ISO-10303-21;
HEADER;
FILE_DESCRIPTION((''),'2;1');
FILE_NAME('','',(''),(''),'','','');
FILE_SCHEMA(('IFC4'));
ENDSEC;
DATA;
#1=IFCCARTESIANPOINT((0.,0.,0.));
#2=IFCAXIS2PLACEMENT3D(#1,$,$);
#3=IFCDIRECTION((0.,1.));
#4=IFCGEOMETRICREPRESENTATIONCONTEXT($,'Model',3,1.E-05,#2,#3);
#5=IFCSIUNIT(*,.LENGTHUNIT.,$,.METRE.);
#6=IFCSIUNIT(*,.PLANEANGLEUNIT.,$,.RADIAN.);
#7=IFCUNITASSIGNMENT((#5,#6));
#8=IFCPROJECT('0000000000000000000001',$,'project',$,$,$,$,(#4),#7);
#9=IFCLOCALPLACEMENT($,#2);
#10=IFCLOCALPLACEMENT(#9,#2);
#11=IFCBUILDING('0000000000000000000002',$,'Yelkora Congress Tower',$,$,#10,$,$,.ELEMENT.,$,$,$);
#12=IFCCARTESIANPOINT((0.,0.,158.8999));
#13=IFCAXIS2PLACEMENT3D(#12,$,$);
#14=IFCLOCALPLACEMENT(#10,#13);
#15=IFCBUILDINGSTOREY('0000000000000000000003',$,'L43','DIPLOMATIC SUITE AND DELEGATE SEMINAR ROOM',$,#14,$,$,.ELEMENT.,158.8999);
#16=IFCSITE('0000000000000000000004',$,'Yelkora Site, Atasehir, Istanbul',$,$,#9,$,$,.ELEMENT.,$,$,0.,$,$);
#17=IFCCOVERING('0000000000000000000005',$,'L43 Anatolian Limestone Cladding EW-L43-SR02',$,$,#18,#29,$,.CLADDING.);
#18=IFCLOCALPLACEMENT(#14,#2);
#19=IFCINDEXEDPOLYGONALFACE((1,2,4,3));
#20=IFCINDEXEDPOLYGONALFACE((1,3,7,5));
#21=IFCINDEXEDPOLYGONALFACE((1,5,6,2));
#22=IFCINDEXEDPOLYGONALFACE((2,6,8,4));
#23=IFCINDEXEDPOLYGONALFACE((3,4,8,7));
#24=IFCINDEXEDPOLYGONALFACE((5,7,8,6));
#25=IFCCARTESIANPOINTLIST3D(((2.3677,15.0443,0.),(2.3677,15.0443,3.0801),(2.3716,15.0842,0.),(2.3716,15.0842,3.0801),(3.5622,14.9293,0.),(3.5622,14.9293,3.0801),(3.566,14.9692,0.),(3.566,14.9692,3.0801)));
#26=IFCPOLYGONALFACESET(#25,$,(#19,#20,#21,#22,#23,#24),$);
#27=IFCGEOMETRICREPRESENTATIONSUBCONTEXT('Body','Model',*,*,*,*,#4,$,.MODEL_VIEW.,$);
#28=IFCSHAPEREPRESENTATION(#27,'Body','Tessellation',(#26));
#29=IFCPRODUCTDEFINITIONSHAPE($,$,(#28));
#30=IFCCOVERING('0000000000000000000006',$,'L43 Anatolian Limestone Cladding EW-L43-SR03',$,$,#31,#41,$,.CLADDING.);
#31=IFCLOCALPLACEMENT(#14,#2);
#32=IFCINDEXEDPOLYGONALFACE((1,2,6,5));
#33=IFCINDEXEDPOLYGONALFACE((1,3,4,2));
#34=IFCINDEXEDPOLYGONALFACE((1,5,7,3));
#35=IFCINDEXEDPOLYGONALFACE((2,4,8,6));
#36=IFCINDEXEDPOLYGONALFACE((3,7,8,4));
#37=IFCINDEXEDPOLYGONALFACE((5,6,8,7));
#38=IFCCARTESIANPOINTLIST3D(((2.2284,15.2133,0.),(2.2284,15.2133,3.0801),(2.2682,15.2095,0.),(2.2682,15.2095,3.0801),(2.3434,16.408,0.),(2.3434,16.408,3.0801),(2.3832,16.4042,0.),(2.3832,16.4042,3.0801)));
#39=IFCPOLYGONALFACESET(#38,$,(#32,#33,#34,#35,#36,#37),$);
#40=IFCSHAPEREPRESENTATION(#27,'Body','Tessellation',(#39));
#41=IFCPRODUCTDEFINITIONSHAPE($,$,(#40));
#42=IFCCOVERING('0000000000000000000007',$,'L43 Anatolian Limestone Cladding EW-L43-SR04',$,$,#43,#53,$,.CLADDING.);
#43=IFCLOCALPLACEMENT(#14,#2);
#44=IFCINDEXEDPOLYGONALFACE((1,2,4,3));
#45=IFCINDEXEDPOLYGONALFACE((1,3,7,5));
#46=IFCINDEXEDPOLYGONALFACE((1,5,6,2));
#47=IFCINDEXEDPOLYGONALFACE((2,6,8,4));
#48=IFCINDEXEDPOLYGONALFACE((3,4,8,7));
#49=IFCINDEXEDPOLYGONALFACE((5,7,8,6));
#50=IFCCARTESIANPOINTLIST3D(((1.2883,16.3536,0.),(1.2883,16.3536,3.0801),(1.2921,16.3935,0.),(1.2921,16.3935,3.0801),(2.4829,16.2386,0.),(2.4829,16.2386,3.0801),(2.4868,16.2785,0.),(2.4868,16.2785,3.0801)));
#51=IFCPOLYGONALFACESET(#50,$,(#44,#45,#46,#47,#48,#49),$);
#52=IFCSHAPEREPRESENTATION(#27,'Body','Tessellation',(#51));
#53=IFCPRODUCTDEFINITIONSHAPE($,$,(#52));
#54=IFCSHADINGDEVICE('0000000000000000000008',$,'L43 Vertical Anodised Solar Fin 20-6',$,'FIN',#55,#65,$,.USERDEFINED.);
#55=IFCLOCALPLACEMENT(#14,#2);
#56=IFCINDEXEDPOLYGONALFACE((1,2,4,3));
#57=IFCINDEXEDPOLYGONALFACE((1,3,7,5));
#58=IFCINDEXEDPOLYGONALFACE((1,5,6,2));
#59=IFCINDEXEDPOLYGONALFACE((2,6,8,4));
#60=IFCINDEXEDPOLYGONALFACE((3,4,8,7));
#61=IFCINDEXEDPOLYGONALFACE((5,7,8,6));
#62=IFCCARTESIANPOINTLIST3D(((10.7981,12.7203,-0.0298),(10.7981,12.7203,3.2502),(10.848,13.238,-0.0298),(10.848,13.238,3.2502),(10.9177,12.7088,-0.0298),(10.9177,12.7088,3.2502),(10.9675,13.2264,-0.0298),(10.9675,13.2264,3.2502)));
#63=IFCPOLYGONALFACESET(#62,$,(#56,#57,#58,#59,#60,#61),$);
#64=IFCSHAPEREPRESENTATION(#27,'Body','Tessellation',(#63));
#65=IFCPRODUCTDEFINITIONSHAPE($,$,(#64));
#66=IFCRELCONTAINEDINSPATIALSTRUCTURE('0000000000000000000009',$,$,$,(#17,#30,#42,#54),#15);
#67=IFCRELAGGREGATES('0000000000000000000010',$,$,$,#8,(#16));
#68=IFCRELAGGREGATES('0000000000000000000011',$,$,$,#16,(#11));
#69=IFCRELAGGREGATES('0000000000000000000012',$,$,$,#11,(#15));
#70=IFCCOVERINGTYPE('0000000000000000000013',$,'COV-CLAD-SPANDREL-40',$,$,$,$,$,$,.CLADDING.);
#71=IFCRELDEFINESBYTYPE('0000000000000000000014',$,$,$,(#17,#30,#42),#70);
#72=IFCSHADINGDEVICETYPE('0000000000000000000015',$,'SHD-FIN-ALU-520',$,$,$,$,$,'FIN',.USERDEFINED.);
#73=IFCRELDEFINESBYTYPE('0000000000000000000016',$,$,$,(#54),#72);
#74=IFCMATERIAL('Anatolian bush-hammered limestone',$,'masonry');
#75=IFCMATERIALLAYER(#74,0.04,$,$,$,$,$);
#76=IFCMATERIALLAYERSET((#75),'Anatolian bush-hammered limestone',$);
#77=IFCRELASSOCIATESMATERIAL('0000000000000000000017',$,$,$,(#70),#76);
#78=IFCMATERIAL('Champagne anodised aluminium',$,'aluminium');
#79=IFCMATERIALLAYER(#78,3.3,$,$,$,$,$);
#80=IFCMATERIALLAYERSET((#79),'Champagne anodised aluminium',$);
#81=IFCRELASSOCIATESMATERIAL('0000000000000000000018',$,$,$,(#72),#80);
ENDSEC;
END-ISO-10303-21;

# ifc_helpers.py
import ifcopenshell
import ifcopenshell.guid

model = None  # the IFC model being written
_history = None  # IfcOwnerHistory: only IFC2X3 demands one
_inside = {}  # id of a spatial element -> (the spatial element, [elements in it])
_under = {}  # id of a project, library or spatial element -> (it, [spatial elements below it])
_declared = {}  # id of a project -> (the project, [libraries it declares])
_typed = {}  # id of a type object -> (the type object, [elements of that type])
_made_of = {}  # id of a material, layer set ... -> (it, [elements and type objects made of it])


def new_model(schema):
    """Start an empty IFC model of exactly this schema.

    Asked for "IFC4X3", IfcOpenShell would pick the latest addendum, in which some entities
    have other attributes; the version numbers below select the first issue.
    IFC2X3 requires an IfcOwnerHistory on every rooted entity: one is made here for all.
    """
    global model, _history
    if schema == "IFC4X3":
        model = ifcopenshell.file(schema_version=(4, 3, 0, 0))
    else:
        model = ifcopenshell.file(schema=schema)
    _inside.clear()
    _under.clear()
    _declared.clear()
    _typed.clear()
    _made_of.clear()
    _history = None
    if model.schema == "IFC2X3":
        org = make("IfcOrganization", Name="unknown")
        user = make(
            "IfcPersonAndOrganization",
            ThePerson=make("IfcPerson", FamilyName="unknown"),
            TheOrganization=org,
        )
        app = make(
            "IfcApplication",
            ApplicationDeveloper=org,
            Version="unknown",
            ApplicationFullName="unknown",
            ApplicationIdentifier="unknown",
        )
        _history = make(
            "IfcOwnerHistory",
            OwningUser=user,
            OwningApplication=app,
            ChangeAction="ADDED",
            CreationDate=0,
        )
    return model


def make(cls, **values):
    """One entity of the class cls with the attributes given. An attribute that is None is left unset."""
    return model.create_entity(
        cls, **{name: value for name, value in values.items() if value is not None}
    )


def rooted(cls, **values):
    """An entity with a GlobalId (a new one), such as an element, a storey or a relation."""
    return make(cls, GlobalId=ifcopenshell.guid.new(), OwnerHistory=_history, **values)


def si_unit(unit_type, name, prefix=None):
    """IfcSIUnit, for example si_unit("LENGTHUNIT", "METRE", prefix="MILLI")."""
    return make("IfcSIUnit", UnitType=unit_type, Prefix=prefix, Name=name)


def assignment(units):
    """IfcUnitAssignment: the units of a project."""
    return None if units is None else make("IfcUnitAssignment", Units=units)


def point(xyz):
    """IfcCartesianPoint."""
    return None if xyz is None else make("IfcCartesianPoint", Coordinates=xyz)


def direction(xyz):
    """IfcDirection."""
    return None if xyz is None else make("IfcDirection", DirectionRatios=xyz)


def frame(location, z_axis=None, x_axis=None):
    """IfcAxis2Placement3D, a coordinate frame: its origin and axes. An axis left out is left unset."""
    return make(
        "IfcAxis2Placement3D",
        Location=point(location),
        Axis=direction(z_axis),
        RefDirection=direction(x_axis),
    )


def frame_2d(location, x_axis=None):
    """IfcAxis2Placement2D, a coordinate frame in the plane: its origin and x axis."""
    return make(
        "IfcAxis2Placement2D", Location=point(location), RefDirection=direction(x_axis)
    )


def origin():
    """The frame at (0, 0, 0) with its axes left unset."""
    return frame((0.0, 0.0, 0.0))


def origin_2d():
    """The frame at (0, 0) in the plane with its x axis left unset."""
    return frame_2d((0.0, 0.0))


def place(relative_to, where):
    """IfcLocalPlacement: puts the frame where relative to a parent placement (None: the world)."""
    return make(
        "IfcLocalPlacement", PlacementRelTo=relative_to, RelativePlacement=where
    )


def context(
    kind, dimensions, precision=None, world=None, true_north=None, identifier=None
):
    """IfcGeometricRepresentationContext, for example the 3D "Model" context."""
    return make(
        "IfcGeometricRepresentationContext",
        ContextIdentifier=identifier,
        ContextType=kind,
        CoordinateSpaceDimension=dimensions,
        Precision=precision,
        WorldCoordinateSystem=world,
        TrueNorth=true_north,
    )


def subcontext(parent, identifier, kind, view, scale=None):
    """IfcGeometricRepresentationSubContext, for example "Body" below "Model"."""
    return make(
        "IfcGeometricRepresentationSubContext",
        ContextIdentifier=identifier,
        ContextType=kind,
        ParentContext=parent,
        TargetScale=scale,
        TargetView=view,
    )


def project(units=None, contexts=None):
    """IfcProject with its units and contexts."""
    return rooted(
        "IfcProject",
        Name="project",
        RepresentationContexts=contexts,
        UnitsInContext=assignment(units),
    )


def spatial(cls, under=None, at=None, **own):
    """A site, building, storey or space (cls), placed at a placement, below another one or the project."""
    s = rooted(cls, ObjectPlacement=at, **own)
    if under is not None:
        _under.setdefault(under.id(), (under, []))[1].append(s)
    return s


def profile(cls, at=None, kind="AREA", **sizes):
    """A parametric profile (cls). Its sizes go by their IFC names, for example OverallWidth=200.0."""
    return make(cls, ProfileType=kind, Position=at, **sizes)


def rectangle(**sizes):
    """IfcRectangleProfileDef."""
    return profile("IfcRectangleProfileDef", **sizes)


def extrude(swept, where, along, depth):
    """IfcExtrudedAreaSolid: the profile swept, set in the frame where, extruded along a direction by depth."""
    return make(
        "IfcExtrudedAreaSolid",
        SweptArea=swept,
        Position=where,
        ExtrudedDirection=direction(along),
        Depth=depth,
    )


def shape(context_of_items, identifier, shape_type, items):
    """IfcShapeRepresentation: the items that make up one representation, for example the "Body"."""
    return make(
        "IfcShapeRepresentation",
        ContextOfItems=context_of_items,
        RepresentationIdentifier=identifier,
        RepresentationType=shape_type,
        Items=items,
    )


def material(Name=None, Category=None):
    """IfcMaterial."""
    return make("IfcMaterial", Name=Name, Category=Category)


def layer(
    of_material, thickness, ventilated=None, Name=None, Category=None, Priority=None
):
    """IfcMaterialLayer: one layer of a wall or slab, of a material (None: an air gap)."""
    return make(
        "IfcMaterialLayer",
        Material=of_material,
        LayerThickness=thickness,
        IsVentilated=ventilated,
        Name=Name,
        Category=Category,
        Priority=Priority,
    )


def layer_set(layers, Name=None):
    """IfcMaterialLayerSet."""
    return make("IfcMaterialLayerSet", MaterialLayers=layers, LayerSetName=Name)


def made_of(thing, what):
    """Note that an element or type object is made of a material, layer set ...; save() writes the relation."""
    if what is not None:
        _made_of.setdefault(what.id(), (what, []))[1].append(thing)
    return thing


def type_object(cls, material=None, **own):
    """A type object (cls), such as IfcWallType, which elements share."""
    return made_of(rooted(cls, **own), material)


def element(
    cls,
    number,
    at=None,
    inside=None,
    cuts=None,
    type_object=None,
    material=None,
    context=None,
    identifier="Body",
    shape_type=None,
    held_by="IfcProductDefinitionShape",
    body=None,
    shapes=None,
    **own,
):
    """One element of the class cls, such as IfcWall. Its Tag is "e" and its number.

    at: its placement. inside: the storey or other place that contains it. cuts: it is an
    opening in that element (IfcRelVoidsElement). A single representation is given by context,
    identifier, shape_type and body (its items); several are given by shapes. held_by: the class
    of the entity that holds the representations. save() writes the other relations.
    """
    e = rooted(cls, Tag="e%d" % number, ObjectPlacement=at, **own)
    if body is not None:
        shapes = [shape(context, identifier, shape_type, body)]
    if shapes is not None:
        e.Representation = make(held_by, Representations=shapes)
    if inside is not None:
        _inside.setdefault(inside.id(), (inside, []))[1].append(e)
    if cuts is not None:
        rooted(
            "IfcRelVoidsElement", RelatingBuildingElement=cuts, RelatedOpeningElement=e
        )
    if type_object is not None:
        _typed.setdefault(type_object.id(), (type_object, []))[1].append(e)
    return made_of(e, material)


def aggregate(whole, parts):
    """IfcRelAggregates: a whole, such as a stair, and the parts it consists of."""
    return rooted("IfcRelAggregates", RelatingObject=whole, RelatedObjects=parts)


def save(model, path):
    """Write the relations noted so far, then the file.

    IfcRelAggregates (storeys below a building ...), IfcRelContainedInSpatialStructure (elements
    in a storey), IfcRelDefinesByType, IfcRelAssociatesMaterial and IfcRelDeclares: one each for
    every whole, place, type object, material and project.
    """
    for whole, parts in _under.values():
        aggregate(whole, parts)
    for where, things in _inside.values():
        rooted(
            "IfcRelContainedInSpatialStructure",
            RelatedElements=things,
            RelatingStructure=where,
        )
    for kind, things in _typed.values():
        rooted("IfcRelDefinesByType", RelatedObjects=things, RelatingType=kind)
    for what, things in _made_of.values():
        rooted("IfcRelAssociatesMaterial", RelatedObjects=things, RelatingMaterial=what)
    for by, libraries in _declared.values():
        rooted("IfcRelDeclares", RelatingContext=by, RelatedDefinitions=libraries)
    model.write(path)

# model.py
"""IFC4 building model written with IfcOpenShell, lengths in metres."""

from ifc_helpers import new_model, si_unit, direction, frame, frame_2d, origin, origin_2d, place, context, subcontext, project, spatial, rectangle, extrude, material, layer, layer_set, type_object, element, save


model = new_model("IFC4")

# Units and contexts
model_context = context("Model", 3, precision=1e-05, world=origin(), true_north=direction((0.0, 1.0)))
body_context = subcontext(model_context, "Body", "Model", "MODEL_VIEW")
ifc_project = project(units=[si_unit("LENGTHUNIT", "METRE"), si_unit("PLANEANGLEUNIT", "RADIAN")], contexts=[model_context])

# Site, building, storey
site_placement = place(None, origin())
site = spatial("IfcSite", under=ifc_project, at=site_placement, Name="Yelkora Site, Atasehir, Istanbul", CompositionType="ELEMENT", RefElevation=0.0)
building_placement = place(site_placement, origin())
building = spatial("IfcBuilding", under=site, at=building_placement, Name="Yelkora Congress Tower", CompositionType="ELEMENT")
storey_placement = place(building_placement, frame((0.0, 0.0, 158.8999)))
storey = spatial("IfcBuildingStorey", under=building, at=storey_placement, Name="L43", Description="DIPLOMATIC SUITE AND DELEGATE SEMINAR ROOM", CompositionType="ELEMENT", Elevation=158.8999)

# Coverings
ifc_material_1 = material(Name="Anatolian bush-hammered limestone", Category="masonry")
ifc_layer_1 = layer(ifc_material_1, 0.04)
ifc_layer_set_1 = layer_set([ifc_layer_1], Name="Anatolian bush-hammered limestone")
covering_type = type_object("IfcCoveringType", Name="COV-CLAD-SPANDREL-40", PredefinedType="CLADDING", material=ifc_layer_set_1)
covering_1_placement = place(storey_placement, frame((3.5642, 14.9492, 0.0), z_axis=(0.0, 0.0, 1.0), x_axis=(-0.995397, 0.095836, 0.0)))
element("IfcCovering", 1, at=covering_1_placement, inside=storey, type_object=covering_type, Name="L43 Anatolian Limestone Cladding EW-L43-SR02", PredefinedType="CLADDING", context=body_context, shape_type="SweptSolid", body=[
    extrude(rectangle(XDim=1.2, YDim=0.04, at=frame_2d((0.6001, 0.0))), origin(), (0.0, 0.0, 1.0), 3.0801),
])
for number, where, z_axis, x_axis, name in (
    (2, (2.2483, 15.2114, 0.0), (0.0, 0.0, 1.0), (0.095817, 0.995399, 0.0), "L43 Anatolian Limestone Cladding EW-L43-SR03"),
    (3, (2.4849, 16.2585, 0.0), (0.0, 0.0, 1.0), (-0.995399, 0.095817, 0.0), "L43 Anatolian Limestone Cladding EW-L43-SR04"),
):
    element("IfcCovering", number, at=place(storey_placement, frame(where, z_axis=z_axis, x_axis=x_axis)), inside=storey, type_object=covering_type, Name=name, PredefinedType="CLADDING", context=body_context, shape_type="SweptSolid", body=[
        extrude(rectangle(XDim=1.2002, YDim=0.04, at=frame_2d((0.6001, 0.0))), origin(), (0.0, 0.0, 1.0), 3.0801),
    ])

# Shading device
ifc_material_2 = material(Name="Champagne anodised aluminium", Category="aluminium")
ifc_layer_2 = layer(ifc_material_2, 3.3)
ifc_layer_set_2 = layer_set([ifc_layer_2], Name="Champagne anodised aluminium")
shading_device_type = type_object("IfcShadingDeviceType", Name="SHD-FIN-ALU-520", ElementType="FIN", PredefinedType="USERDEFINED", material=ifc_layer_set_2)
shading_device_placement = place(storey_placement, frame((10.8828, 12.9734, -0.0298), z_axis=(0.0, 0.0, 1.0), x_axis=(-0.995396, 0.095846, 0.0)))
element("IfcShadingDevice", 4, at=shading_device_placement, inside=storey, type_object=shading_device_type, Name="L43 Vertical Anodised Solar Fin 20-6", ObjectType="FIN", PredefinedType="USERDEFINED", context=body_context, shape_type="SweptSolid", body=[
    extrude(rectangle(XDim=0.1201, YDim=0.52, at=origin_2d()), origin(), (0.0, 0.0, 1.0), 3.28),
])

save(model, "model.ifc")
